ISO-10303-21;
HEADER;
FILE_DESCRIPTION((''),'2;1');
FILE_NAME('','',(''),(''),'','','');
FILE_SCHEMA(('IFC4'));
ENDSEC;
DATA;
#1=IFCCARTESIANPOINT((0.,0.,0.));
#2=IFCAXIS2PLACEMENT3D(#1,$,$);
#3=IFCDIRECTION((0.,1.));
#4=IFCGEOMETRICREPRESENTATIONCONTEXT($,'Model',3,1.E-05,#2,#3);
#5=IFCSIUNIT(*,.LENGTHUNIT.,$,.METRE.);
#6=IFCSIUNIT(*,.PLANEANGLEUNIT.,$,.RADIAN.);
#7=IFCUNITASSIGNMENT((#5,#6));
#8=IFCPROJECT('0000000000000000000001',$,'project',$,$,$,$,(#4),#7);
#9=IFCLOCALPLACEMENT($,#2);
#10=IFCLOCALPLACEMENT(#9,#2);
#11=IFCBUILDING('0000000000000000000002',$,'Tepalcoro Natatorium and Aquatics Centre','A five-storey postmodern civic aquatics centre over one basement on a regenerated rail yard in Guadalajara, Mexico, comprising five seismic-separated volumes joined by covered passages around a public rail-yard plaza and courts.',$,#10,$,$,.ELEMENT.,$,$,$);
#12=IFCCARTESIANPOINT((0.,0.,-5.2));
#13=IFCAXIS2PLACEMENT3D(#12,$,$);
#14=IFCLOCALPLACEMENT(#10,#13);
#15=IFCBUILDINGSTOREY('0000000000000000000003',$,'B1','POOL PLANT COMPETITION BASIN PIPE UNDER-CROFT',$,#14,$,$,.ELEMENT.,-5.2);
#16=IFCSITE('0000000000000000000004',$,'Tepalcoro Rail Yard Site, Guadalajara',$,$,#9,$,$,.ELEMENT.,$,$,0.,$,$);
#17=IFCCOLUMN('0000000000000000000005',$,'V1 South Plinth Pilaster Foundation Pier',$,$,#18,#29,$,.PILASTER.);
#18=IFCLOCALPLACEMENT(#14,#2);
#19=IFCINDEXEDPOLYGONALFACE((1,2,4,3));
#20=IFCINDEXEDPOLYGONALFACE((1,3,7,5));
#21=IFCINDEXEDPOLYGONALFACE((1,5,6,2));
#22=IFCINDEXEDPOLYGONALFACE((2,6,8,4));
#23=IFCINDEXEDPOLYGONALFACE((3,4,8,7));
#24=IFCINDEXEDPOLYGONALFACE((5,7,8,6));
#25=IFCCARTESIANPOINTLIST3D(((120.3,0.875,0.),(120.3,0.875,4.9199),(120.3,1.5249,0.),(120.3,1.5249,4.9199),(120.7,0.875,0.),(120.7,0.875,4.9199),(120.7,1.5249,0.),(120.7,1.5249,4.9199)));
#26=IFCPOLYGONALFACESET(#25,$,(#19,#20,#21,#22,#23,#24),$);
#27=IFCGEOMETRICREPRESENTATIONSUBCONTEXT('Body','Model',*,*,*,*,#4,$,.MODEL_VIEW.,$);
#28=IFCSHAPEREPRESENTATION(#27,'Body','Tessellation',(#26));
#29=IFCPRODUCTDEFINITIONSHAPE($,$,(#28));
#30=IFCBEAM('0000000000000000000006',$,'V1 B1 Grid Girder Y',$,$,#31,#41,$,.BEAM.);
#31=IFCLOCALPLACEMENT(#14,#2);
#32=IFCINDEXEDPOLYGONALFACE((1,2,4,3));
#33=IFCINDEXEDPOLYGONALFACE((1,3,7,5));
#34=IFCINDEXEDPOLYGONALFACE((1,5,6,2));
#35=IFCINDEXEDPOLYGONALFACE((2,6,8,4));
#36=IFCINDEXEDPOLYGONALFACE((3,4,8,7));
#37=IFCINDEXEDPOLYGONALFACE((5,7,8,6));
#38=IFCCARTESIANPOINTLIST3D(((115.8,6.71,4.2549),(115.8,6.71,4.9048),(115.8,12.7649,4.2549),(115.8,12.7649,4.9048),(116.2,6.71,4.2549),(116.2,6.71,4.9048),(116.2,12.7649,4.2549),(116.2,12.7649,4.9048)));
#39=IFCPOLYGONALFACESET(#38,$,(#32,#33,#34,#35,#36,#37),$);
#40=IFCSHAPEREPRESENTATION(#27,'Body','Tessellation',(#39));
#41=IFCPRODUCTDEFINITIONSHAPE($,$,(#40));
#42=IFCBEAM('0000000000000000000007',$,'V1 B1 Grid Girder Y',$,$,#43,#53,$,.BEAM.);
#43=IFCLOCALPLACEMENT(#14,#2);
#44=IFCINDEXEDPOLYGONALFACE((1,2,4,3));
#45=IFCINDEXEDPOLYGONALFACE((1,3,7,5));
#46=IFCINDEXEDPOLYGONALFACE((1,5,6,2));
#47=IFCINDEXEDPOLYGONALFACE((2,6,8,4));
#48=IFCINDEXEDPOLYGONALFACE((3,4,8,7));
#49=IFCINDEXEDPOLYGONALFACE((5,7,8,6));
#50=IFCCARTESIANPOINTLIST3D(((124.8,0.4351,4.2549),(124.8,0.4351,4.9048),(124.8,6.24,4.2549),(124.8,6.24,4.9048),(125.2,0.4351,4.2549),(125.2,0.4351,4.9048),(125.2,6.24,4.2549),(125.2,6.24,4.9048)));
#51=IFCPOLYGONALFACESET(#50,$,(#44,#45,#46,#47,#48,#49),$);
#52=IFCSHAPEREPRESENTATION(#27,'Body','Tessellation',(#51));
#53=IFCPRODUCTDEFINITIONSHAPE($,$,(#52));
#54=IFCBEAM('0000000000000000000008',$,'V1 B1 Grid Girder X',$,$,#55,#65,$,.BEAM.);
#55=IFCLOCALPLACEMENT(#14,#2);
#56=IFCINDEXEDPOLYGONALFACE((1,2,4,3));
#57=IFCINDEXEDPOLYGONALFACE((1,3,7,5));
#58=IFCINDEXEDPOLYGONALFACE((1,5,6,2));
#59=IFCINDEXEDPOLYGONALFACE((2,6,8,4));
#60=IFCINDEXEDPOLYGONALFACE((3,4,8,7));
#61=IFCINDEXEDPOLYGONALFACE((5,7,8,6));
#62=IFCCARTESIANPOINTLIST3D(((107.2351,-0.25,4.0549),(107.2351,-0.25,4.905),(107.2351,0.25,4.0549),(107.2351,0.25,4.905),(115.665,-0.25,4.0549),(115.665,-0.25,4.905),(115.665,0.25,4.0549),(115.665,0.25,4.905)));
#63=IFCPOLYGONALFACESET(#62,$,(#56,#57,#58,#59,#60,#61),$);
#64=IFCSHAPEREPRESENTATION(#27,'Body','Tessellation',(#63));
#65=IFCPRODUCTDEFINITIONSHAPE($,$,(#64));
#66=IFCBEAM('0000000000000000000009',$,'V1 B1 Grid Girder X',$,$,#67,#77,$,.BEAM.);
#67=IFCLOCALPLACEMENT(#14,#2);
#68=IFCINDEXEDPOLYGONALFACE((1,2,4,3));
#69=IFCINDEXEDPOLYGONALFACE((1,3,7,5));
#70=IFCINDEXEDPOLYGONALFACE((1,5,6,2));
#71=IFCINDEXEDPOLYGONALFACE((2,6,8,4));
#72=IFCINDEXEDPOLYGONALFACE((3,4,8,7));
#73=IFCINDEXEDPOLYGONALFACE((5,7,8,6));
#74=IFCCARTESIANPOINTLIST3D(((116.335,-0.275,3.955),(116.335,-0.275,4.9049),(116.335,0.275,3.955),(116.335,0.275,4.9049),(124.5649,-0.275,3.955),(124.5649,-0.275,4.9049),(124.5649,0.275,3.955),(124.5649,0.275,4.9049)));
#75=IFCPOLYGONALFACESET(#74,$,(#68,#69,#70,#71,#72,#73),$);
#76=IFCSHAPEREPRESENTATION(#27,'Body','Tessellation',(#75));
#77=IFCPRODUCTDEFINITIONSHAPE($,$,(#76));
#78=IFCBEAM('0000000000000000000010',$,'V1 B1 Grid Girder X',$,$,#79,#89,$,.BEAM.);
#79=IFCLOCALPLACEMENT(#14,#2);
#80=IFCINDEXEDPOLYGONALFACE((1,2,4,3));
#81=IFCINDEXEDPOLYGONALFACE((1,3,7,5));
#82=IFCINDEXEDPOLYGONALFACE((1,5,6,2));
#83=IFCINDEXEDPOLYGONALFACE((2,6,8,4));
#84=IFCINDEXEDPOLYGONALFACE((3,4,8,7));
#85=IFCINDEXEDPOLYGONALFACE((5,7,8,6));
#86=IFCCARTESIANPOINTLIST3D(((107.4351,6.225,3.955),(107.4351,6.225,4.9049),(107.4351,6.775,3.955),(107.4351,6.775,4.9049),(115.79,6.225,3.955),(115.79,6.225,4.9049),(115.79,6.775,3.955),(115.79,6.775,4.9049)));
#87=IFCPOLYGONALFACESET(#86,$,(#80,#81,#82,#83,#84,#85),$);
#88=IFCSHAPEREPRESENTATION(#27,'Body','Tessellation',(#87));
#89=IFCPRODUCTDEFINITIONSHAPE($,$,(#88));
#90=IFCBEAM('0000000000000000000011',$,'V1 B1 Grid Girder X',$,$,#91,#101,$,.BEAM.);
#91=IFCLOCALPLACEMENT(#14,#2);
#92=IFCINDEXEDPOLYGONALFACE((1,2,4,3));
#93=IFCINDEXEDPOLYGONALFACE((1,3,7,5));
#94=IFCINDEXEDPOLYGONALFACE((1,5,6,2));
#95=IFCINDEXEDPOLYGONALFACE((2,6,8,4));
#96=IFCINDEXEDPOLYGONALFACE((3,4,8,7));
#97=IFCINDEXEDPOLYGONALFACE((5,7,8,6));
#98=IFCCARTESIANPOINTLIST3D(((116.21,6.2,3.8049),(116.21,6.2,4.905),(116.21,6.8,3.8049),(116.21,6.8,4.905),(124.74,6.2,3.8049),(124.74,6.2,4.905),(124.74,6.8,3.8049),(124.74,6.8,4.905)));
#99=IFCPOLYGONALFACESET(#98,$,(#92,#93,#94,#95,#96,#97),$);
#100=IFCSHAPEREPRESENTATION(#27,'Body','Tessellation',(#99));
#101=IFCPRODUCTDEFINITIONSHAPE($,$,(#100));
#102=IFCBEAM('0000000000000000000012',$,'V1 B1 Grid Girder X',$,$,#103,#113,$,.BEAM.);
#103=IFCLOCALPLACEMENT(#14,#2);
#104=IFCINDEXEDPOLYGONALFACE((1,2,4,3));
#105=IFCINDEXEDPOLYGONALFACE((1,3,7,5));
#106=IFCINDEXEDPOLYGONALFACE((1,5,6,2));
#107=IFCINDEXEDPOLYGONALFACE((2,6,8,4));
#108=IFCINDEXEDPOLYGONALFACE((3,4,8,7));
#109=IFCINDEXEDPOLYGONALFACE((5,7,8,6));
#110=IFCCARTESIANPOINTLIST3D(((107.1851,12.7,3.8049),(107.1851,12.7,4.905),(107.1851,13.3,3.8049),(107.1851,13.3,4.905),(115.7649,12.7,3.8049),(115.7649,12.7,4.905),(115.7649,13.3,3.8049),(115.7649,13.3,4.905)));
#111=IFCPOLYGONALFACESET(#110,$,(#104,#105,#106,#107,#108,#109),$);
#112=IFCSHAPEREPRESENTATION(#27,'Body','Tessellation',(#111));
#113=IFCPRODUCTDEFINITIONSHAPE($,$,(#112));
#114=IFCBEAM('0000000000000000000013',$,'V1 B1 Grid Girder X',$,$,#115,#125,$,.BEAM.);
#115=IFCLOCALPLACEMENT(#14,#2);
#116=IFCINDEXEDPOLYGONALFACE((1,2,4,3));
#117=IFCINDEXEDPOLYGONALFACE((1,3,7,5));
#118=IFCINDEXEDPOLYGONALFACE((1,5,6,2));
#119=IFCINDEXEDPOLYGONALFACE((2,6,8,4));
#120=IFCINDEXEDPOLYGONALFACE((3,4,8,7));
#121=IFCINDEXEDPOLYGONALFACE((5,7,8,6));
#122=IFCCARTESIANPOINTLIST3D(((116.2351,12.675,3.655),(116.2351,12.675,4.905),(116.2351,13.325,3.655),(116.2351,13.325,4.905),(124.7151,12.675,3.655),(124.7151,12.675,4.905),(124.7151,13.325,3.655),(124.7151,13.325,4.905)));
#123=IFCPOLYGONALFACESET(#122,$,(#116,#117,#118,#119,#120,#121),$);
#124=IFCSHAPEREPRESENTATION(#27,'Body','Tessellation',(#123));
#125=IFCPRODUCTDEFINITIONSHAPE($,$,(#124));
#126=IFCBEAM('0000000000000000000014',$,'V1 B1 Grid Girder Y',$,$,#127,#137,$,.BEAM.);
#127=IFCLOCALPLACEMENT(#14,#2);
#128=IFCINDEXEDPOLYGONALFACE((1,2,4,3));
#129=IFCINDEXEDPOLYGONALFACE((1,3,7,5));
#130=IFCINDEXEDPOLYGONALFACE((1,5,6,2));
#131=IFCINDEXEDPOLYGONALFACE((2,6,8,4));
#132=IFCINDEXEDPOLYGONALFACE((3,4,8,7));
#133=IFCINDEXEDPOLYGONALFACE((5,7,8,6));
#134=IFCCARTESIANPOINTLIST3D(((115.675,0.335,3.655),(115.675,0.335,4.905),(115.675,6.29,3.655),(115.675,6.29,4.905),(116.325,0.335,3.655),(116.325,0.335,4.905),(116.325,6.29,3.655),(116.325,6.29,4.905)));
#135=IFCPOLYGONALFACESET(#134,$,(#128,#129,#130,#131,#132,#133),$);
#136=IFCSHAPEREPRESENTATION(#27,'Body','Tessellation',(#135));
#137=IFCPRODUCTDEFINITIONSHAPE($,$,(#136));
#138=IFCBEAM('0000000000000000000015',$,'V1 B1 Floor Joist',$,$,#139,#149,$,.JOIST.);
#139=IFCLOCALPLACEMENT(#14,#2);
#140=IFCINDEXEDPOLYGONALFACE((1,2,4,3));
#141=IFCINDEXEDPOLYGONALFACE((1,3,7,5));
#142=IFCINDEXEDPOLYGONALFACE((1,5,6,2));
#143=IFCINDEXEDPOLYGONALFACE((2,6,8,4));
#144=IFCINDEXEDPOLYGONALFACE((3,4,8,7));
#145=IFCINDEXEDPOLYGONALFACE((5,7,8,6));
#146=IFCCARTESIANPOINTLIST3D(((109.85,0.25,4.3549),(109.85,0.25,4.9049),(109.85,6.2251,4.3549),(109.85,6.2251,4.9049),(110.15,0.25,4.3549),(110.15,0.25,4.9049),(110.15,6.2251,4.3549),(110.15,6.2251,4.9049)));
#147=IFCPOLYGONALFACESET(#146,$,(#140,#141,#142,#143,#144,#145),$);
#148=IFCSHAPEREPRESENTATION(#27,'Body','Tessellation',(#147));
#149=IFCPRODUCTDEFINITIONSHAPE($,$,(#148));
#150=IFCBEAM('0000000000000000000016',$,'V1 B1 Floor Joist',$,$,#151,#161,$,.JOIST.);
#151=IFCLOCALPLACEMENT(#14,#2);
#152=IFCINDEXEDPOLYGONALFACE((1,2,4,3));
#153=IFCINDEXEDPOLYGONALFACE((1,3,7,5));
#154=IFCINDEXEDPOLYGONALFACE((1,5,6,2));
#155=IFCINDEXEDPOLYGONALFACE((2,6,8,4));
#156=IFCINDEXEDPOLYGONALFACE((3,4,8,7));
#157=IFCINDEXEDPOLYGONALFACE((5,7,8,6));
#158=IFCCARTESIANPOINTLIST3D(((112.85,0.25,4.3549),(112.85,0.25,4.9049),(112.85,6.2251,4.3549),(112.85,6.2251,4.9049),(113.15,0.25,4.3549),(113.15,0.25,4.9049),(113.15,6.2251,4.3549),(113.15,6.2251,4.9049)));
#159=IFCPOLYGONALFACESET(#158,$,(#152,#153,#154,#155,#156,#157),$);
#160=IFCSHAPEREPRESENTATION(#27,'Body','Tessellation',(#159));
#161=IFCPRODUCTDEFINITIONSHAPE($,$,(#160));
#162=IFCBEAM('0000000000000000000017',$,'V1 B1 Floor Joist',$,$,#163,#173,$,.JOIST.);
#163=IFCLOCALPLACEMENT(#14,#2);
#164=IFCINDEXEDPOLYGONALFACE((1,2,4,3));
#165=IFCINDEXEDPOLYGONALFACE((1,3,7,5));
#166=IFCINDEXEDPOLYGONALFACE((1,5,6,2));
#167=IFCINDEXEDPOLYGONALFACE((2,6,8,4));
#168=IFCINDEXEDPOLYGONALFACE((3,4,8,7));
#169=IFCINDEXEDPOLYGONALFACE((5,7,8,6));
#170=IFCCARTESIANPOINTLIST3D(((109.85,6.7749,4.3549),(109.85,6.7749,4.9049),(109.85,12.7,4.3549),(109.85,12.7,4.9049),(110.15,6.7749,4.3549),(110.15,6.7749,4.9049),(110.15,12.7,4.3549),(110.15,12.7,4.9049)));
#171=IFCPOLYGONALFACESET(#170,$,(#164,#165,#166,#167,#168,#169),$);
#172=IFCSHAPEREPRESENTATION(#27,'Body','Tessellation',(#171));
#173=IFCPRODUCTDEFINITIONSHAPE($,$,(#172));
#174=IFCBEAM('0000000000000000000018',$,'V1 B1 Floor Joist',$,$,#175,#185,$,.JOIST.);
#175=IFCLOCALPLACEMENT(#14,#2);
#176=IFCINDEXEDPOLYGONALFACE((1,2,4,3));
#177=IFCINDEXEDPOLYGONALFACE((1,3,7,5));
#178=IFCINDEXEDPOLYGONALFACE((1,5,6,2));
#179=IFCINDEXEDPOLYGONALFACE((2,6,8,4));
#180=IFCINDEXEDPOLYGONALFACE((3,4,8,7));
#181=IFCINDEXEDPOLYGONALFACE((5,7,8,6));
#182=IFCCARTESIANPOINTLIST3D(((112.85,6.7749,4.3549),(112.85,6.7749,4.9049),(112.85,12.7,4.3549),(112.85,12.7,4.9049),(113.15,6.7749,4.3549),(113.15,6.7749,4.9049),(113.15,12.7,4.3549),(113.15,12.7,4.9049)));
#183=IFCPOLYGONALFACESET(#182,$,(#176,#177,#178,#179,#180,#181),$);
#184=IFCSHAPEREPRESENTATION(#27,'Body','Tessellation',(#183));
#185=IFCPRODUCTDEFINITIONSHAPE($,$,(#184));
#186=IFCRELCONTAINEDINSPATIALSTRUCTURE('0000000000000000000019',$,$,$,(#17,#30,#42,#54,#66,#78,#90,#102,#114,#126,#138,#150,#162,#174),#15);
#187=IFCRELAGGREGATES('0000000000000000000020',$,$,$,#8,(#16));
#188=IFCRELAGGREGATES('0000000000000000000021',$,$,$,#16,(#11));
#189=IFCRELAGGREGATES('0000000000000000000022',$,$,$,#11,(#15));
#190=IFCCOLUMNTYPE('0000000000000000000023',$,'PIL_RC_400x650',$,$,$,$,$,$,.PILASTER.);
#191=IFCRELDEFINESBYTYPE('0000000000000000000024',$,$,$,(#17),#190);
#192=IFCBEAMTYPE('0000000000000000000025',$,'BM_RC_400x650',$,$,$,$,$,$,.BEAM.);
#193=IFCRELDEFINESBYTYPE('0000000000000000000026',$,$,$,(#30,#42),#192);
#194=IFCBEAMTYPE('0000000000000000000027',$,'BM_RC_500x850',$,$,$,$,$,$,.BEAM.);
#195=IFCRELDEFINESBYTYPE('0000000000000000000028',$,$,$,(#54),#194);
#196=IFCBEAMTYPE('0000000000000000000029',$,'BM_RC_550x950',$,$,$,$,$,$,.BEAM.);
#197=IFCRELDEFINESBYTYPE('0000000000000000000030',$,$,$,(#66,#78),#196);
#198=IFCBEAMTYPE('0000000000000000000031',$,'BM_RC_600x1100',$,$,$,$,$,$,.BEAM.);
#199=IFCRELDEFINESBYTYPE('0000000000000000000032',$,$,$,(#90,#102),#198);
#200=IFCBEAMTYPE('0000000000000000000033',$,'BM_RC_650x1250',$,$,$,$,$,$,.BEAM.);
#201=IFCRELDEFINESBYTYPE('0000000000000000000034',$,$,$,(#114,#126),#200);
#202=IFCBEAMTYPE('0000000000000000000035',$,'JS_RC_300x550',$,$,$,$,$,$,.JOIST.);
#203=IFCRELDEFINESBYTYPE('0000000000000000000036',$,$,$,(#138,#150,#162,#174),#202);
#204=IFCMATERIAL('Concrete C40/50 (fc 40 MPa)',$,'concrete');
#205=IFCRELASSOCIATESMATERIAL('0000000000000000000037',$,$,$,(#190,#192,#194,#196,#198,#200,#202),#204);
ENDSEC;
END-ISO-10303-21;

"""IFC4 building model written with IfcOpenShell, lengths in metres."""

from ifc_helpers import new_model, si_unit, direction, frame, origin, origin_2d, place, context, subcontext, project, spatial, rectangle, extrude, material, material_profile, profile_set, type_object, element, save


model = new_model("IFC4")

# Units and contexts
model_context = context("Model", 3, precision=1e-05, world=origin(), true_north=direction((0.0, 1.0)))
body_context = subcontext(model_context, "Body", "Model", "MODEL_VIEW")
ifc_project = project(units=[si_unit("LENGTHUNIT", "METRE"), si_unit("PLANEANGLEUNIT", "RADIAN")], contexts=[model_context])

# Site, building, storey
site_placement = place(None, origin())
site = spatial("IfcSite", under=ifc_project, at=site_placement, Name="Tepalcoro Rail Yard Site, Guadalajara", CompositionType="ELEMENT", RefElevation=0.0)
building_placement = place(site_placement, origin())
building = spatial("IfcBuilding", under=site, at=building_placement, Name="Tepalcoro Natatorium and Aquatics Centre", Description="A five-storey postmodern civic aquatics centre over one basement on a regenerated rail yard in Guadalajara, Mexico, comprising five seismic-separated volumes joined by covered passages around a public rail-yard plaza and courts.", CompositionType="ELEMENT")
storey_placement = place(building_placement, frame((0.0, 0.0, -5.2)))
storey = spatial("IfcBuildingStorey", under=building, at=storey_placement, Name="B1", Description="POOL PLANT COMPETITION BASIN PIPE UNDER-CROFT", CompositionType="ELEMENT", Elevation=-5.2)

# Shared definitions
ifc_material = material(Name="Concrete C40/50 (fc 40 MPa)", Category="concrete")

# Column
ifc_material_profile_1 = material_profile(ifc_material, rectangle(XDim=0.3999, YDim=0.6499, at=origin_2d()), Name="PIL400x650")
ifc_profile_set_1 = profile_set([ifc_material_profile_1], Name="Concrete C40/50 (fc 40 MPa)")
column_type_1 = type_object("IfcColumnType", Name="PIL_RC_400x650", PredefinedType="PILASTER", material=ifc_profile_set_1)
column_1_placement = place(storey_placement, frame((120.5, 1.2, 0.0), z_axis=(0.0, 0.0, 1.0), x_axis=(1.0, 0.0, 0.0)))
element("IfcColumn", 1, at=column_1_placement, inside=storey, type_object=column_type_1, Name="V1 South Plinth Pilaster Foundation Pier", PredefinedType="PILASTER", context=body_context, shape_type="SweptSolid", body=[
    extrude(rectangle(XDim=0.3999, YDim=0.6499, at=origin_2d()), origin(), (0.0, 0.0, 1.0), 4.9199),
])

# Beams
ifc_material_profile_2 = material_profile(ifc_material, rectangle(XDim=0.3999, YDim=0.6499, at=origin_2d()), Name="RCB400x650")
ifc_profile_set_2 = profile_set([ifc_material_profile_2], Name="Concrete C40/50 (fc 40 MPa)")
beam_type_1 = type_object("IfcBeamType", Name="BM_RC_400x650", PredefinedType="BEAM", material=ifc_profile_set_2)
beam_1_placement = place(storey_placement, frame((116.0, 6.71, 4.5798), z_axis=(0.0, 1.0, 0.0), x_axis=(-1.0, 0.0, 0.0)))
element("IfcBeam", 2, at=beam_1_placement, inside=storey, type_object=beam_type_1, Name="V1 B1 Grid Girder Y", PredefinedType="BEAM", context=body_context, shape_type="SweptSolid", body=[
    extrude(rectangle(XDim=0.3999, YDim=0.6499, at=origin_2d()), origin(), (0.0, 0.0, 1.0), 6.0549),
])
beam_2_placement = place(storey_placement, frame((125.0, 0.4351, 4.5798), z_axis=(0.0, 1.0, 0.0), x_axis=(-1.0, 0.0, 0.0)))
element("IfcBeam", 3, at=beam_2_placement, inside=storey, type_object=beam_type_1, Name="V1 B1 Grid Girder Y", PredefinedType="BEAM", context=body_context, shape_type="SweptSolid", body=[
    extrude(rectangle(XDim=0.3999, YDim=0.6499, at=origin_2d()), origin(), (0.0, 0.0, 1.0), 5.8049),
])
ifc_material_profile_3 = material_profile(ifc_material, rectangle(XDim=0.5, YDim=0.8501, at=origin_2d()), Name="RCB500x850")
ifc_profile_set_3 = profile_set([ifc_material_profile_3], Name="Concrete C40/50 (fc 40 MPa)")
beam_type_2 = type_object("IfcBeamType", Name="BM_RC_500x850", PredefinedType="BEAM", material=ifc_profile_set_3)
beam_3_placement = place(storey_placement, frame((107.2351, 0.0, 4.48), z_axis=(1.0, 0.0, 0.0), x_axis=(0.0, 1.0, 0.0)))
element("IfcBeam", 4, at=beam_3_placement, inside=storey, type_object=beam_type_2, Name="V1 B1 Grid Girder X", PredefinedType="BEAM", context=body_context, shape_type="SweptSolid", body=[
    extrude(rectangle(XDim=0.5, YDim=0.8501, at=origin_2d()), origin(), (0.0, 0.0, 1.0), 8.4299),
])
ifc_material_profile_4 = material_profile(ifc_material, rectangle(XDim=0.55, YDim=0.95, at=origin_2d()), Name="RCB550x950")
ifc_profile_set_4 = profile_set([ifc_material_profile_4], Name="Concrete C40/50 (fc 40 MPa)")
beam_type_3 = type_object("IfcBeamType", Name="BM_RC_550x950", PredefinedType="BEAM", material=ifc_profile_set_4)
beam_4_placement = place(storey_placement, frame((116.335, 0.0, 4.4299), z_axis=(1.0, 0.0, 0.0), x_axis=(0.0, 1.0, 0.0)))
element("IfcBeam", 5, at=beam_4_placement, inside=storey, type_object=beam_type_3, Name="V1 B1 Grid Girder X", PredefinedType="BEAM", context=body_context, shape_type="SweptSolid", body=[
    extrude(rectangle(XDim=0.55, YDim=0.95, at=origin_2d()), origin(), (0.0, 0.0, 1.0), 8.23),
])
beam_5_placement = place(storey_placement, frame((107.4351, 6.5, 4.4299), z_axis=(1.0, 0.0, 0.0), x_axis=(0.0, 1.0, 0.0)))
element("IfcBeam", 6, at=beam_5_placement, inside=storey, type_object=beam_type_3, Name="V1 B1 Grid Girder X", PredefinedType="BEAM", context=body_context, shape_type="SweptSolid", body=[
    extrude(rectangle(XDim=0.55, YDim=0.95, at=origin_2d()), origin(), (0.0, 0.0, 1.0), 8.355),
])
ifc_material_profile_5 = material_profile(ifc_material, rectangle(XDim=0.6001, YDim=1.1001, at=origin_2d()), Name="RCB600x1100")
ifc_profile_set_5 = profile_set([ifc_material_profile_5], Name="Concrete C40/50 (fc 40 MPa)")
beam_type_4 = type_object("IfcBeamType", Name="BM_RC_600x1100", PredefinedType="BEAM", material=ifc_profile_set_5)
beam_6_placement = place(storey_placement, frame((116.21, 6.5, 4.355), z_axis=(1.0, 0.0, 0.0), x_axis=(0.0, 1.0, 0.0)))
element("IfcBeam", 7, at=beam_6_placement, inside=storey, type_object=beam_type_4, Name="V1 B1 Grid Girder X", PredefinedType="BEAM", context=body_context, shape_type="SweptSolid", body=[
    extrude(rectangle(XDim=0.6001, YDim=1.1001, at=origin_2d()), origin(), (0.0, 0.0, 1.0), 8.53),
])
beam_7_placement = place(storey_placement, frame((107.1851, 13.0, 4.355), z_axis=(1.0, 0.0, 0.0), x_axis=(0.0, 1.0, 0.0)))
element("IfcBeam", 8, at=beam_7_placement, inside=storey, type_object=beam_type_4, Name="V1 B1 Grid Girder X", PredefinedType="BEAM", context=body_context, shape_type="SweptSolid", body=[
    extrude(rectangle(XDim=0.6001, YDim=1.1001, at=origin_2d()), origin(), (0.0, 0.0, 1.0), 8.5798),
])
ifc_material_profile_6 = material_profile(ifc_material, rectangle(XDim=0.6499, YDim=1.25, at=origin_2d()), Name="RCB650x1250")
ifc_profile_set_6 = profile_set([ifc_material_profile_6], Name="Concrete C40/50 (fc 40 MPa)")
beam_type_5 = type_object("IfcBeamType", Name="BM_RC_650x1250", PredefinedType="BEAM", material=ifc_profile_set_6)
beam_8_placement = place(storey_placement, frame((116.2351, 13.0, 4.28), z_axis=(1.0, 0.0, 0.0), x_axis=(0.0, 1.0, 0.0)))
element("IfcBeam", 9, at=beam_8_placement, inside=storey, type_object=beam_type_5, Name="V1 B1 Grid Girder X", PredefinedType="BEAM", context=body_context, shape_type="SweptSolid", body=[
    extrude(rectangle(XDim=0.6499, YDim=1.25, at=origin_2d()), origin(), (0.0, 0.0, 1.0), 8.48),
])
beam_9_placement = place(storey_placement, frame((116.0, 0.335, 4.28), z_axis=(0.0, 1.0, 0.0), x_axis=(-1.0, 0.0, 0.0)))
element("IfcBeam", 10, at=beam_9_placement, inside=storey, type_object=beam_type_5, Name="V1 B1 Grid Girder Y", PredefinedType="BEAM", context=body_context, shape_type="SweptSolid", body=[
    extrude(rectangle(XDim=0.6499, YDim=1.25, at=origin_2d()), origin(), (0.0, 0.0, 1.0), 5.9551),
])
ifc_material_profile_7 = material_profile(ifc_material, rectangle(XDim=0.3, YDim=0.55, at=origin_2d()), Name="RCJ300x550")
ifc_profile_set_7 = profile_set([ifc_material_profile_7], Name="Concrete C40/50 (fc 40 MPa)")
beam_type_6 = type_object("IfcBeamType", Name="JS_RC_300x550", PredefinedType="JOIST", material=ifc_profile_set_7)
for number, where, z_axis, x_axis, name in (
    (11, (110.0, 0.25, 4.6299), (0.0, 1.0, 0.0), (-1.0, 0.0, 0.0), "V1 B1 Floor Joist"),
    (12, (113.0, 0.25, 4.6299), (0.0, 1.0, 0.0), (-1.0, 0.0, 0.0), "V1 B1 Floor Joist"),
):
    element("IfcBeam", number, at=place(storey_placement, frame(where, z_axis=z_axis, x_axis=x_axis)), inside=storey, type_object=beam_type_6, Name=name, PredefinedType="JOIST", context=body_context, shape_type="SweptSolid", body=[
        extrude(rectangle(XDim=0.3, YDim=0.55, at=origin_2d()), origin(), (0.0, 0.0, 1.0), 5.9751),
    ])
for number, where, z_axis, x_axis, name in (
    (13, (110.0, 6.7749, 4.6299), (0.0, 1.0, 0.0), (-1.0, 0.0, 0.0), "V1 B1 Floor Joist"),
    (14, (113.0, 6.7749, 4.6299), (0.0, 1.0, 0.0), (-1.0, 0.0, 0.0), "V1 B1 Floor Joist"),
):
    element("IfcBeam", number, at=place(storey_placement, frame(where, z_axis=z_axis, x_axis=x_axis)), inside=storey, type_object=beam_type_6, Name=name, PredefinedType="JOIST", context=body_context, shape_type="SweptSolid", body=[
        extrude(rectangle(XDim=0.3, YDim=0.55, at=origin_2d()), origin(), (0.0, 0.0, 1.0), 5.925),
    ])

save(model, "model.ifc")
